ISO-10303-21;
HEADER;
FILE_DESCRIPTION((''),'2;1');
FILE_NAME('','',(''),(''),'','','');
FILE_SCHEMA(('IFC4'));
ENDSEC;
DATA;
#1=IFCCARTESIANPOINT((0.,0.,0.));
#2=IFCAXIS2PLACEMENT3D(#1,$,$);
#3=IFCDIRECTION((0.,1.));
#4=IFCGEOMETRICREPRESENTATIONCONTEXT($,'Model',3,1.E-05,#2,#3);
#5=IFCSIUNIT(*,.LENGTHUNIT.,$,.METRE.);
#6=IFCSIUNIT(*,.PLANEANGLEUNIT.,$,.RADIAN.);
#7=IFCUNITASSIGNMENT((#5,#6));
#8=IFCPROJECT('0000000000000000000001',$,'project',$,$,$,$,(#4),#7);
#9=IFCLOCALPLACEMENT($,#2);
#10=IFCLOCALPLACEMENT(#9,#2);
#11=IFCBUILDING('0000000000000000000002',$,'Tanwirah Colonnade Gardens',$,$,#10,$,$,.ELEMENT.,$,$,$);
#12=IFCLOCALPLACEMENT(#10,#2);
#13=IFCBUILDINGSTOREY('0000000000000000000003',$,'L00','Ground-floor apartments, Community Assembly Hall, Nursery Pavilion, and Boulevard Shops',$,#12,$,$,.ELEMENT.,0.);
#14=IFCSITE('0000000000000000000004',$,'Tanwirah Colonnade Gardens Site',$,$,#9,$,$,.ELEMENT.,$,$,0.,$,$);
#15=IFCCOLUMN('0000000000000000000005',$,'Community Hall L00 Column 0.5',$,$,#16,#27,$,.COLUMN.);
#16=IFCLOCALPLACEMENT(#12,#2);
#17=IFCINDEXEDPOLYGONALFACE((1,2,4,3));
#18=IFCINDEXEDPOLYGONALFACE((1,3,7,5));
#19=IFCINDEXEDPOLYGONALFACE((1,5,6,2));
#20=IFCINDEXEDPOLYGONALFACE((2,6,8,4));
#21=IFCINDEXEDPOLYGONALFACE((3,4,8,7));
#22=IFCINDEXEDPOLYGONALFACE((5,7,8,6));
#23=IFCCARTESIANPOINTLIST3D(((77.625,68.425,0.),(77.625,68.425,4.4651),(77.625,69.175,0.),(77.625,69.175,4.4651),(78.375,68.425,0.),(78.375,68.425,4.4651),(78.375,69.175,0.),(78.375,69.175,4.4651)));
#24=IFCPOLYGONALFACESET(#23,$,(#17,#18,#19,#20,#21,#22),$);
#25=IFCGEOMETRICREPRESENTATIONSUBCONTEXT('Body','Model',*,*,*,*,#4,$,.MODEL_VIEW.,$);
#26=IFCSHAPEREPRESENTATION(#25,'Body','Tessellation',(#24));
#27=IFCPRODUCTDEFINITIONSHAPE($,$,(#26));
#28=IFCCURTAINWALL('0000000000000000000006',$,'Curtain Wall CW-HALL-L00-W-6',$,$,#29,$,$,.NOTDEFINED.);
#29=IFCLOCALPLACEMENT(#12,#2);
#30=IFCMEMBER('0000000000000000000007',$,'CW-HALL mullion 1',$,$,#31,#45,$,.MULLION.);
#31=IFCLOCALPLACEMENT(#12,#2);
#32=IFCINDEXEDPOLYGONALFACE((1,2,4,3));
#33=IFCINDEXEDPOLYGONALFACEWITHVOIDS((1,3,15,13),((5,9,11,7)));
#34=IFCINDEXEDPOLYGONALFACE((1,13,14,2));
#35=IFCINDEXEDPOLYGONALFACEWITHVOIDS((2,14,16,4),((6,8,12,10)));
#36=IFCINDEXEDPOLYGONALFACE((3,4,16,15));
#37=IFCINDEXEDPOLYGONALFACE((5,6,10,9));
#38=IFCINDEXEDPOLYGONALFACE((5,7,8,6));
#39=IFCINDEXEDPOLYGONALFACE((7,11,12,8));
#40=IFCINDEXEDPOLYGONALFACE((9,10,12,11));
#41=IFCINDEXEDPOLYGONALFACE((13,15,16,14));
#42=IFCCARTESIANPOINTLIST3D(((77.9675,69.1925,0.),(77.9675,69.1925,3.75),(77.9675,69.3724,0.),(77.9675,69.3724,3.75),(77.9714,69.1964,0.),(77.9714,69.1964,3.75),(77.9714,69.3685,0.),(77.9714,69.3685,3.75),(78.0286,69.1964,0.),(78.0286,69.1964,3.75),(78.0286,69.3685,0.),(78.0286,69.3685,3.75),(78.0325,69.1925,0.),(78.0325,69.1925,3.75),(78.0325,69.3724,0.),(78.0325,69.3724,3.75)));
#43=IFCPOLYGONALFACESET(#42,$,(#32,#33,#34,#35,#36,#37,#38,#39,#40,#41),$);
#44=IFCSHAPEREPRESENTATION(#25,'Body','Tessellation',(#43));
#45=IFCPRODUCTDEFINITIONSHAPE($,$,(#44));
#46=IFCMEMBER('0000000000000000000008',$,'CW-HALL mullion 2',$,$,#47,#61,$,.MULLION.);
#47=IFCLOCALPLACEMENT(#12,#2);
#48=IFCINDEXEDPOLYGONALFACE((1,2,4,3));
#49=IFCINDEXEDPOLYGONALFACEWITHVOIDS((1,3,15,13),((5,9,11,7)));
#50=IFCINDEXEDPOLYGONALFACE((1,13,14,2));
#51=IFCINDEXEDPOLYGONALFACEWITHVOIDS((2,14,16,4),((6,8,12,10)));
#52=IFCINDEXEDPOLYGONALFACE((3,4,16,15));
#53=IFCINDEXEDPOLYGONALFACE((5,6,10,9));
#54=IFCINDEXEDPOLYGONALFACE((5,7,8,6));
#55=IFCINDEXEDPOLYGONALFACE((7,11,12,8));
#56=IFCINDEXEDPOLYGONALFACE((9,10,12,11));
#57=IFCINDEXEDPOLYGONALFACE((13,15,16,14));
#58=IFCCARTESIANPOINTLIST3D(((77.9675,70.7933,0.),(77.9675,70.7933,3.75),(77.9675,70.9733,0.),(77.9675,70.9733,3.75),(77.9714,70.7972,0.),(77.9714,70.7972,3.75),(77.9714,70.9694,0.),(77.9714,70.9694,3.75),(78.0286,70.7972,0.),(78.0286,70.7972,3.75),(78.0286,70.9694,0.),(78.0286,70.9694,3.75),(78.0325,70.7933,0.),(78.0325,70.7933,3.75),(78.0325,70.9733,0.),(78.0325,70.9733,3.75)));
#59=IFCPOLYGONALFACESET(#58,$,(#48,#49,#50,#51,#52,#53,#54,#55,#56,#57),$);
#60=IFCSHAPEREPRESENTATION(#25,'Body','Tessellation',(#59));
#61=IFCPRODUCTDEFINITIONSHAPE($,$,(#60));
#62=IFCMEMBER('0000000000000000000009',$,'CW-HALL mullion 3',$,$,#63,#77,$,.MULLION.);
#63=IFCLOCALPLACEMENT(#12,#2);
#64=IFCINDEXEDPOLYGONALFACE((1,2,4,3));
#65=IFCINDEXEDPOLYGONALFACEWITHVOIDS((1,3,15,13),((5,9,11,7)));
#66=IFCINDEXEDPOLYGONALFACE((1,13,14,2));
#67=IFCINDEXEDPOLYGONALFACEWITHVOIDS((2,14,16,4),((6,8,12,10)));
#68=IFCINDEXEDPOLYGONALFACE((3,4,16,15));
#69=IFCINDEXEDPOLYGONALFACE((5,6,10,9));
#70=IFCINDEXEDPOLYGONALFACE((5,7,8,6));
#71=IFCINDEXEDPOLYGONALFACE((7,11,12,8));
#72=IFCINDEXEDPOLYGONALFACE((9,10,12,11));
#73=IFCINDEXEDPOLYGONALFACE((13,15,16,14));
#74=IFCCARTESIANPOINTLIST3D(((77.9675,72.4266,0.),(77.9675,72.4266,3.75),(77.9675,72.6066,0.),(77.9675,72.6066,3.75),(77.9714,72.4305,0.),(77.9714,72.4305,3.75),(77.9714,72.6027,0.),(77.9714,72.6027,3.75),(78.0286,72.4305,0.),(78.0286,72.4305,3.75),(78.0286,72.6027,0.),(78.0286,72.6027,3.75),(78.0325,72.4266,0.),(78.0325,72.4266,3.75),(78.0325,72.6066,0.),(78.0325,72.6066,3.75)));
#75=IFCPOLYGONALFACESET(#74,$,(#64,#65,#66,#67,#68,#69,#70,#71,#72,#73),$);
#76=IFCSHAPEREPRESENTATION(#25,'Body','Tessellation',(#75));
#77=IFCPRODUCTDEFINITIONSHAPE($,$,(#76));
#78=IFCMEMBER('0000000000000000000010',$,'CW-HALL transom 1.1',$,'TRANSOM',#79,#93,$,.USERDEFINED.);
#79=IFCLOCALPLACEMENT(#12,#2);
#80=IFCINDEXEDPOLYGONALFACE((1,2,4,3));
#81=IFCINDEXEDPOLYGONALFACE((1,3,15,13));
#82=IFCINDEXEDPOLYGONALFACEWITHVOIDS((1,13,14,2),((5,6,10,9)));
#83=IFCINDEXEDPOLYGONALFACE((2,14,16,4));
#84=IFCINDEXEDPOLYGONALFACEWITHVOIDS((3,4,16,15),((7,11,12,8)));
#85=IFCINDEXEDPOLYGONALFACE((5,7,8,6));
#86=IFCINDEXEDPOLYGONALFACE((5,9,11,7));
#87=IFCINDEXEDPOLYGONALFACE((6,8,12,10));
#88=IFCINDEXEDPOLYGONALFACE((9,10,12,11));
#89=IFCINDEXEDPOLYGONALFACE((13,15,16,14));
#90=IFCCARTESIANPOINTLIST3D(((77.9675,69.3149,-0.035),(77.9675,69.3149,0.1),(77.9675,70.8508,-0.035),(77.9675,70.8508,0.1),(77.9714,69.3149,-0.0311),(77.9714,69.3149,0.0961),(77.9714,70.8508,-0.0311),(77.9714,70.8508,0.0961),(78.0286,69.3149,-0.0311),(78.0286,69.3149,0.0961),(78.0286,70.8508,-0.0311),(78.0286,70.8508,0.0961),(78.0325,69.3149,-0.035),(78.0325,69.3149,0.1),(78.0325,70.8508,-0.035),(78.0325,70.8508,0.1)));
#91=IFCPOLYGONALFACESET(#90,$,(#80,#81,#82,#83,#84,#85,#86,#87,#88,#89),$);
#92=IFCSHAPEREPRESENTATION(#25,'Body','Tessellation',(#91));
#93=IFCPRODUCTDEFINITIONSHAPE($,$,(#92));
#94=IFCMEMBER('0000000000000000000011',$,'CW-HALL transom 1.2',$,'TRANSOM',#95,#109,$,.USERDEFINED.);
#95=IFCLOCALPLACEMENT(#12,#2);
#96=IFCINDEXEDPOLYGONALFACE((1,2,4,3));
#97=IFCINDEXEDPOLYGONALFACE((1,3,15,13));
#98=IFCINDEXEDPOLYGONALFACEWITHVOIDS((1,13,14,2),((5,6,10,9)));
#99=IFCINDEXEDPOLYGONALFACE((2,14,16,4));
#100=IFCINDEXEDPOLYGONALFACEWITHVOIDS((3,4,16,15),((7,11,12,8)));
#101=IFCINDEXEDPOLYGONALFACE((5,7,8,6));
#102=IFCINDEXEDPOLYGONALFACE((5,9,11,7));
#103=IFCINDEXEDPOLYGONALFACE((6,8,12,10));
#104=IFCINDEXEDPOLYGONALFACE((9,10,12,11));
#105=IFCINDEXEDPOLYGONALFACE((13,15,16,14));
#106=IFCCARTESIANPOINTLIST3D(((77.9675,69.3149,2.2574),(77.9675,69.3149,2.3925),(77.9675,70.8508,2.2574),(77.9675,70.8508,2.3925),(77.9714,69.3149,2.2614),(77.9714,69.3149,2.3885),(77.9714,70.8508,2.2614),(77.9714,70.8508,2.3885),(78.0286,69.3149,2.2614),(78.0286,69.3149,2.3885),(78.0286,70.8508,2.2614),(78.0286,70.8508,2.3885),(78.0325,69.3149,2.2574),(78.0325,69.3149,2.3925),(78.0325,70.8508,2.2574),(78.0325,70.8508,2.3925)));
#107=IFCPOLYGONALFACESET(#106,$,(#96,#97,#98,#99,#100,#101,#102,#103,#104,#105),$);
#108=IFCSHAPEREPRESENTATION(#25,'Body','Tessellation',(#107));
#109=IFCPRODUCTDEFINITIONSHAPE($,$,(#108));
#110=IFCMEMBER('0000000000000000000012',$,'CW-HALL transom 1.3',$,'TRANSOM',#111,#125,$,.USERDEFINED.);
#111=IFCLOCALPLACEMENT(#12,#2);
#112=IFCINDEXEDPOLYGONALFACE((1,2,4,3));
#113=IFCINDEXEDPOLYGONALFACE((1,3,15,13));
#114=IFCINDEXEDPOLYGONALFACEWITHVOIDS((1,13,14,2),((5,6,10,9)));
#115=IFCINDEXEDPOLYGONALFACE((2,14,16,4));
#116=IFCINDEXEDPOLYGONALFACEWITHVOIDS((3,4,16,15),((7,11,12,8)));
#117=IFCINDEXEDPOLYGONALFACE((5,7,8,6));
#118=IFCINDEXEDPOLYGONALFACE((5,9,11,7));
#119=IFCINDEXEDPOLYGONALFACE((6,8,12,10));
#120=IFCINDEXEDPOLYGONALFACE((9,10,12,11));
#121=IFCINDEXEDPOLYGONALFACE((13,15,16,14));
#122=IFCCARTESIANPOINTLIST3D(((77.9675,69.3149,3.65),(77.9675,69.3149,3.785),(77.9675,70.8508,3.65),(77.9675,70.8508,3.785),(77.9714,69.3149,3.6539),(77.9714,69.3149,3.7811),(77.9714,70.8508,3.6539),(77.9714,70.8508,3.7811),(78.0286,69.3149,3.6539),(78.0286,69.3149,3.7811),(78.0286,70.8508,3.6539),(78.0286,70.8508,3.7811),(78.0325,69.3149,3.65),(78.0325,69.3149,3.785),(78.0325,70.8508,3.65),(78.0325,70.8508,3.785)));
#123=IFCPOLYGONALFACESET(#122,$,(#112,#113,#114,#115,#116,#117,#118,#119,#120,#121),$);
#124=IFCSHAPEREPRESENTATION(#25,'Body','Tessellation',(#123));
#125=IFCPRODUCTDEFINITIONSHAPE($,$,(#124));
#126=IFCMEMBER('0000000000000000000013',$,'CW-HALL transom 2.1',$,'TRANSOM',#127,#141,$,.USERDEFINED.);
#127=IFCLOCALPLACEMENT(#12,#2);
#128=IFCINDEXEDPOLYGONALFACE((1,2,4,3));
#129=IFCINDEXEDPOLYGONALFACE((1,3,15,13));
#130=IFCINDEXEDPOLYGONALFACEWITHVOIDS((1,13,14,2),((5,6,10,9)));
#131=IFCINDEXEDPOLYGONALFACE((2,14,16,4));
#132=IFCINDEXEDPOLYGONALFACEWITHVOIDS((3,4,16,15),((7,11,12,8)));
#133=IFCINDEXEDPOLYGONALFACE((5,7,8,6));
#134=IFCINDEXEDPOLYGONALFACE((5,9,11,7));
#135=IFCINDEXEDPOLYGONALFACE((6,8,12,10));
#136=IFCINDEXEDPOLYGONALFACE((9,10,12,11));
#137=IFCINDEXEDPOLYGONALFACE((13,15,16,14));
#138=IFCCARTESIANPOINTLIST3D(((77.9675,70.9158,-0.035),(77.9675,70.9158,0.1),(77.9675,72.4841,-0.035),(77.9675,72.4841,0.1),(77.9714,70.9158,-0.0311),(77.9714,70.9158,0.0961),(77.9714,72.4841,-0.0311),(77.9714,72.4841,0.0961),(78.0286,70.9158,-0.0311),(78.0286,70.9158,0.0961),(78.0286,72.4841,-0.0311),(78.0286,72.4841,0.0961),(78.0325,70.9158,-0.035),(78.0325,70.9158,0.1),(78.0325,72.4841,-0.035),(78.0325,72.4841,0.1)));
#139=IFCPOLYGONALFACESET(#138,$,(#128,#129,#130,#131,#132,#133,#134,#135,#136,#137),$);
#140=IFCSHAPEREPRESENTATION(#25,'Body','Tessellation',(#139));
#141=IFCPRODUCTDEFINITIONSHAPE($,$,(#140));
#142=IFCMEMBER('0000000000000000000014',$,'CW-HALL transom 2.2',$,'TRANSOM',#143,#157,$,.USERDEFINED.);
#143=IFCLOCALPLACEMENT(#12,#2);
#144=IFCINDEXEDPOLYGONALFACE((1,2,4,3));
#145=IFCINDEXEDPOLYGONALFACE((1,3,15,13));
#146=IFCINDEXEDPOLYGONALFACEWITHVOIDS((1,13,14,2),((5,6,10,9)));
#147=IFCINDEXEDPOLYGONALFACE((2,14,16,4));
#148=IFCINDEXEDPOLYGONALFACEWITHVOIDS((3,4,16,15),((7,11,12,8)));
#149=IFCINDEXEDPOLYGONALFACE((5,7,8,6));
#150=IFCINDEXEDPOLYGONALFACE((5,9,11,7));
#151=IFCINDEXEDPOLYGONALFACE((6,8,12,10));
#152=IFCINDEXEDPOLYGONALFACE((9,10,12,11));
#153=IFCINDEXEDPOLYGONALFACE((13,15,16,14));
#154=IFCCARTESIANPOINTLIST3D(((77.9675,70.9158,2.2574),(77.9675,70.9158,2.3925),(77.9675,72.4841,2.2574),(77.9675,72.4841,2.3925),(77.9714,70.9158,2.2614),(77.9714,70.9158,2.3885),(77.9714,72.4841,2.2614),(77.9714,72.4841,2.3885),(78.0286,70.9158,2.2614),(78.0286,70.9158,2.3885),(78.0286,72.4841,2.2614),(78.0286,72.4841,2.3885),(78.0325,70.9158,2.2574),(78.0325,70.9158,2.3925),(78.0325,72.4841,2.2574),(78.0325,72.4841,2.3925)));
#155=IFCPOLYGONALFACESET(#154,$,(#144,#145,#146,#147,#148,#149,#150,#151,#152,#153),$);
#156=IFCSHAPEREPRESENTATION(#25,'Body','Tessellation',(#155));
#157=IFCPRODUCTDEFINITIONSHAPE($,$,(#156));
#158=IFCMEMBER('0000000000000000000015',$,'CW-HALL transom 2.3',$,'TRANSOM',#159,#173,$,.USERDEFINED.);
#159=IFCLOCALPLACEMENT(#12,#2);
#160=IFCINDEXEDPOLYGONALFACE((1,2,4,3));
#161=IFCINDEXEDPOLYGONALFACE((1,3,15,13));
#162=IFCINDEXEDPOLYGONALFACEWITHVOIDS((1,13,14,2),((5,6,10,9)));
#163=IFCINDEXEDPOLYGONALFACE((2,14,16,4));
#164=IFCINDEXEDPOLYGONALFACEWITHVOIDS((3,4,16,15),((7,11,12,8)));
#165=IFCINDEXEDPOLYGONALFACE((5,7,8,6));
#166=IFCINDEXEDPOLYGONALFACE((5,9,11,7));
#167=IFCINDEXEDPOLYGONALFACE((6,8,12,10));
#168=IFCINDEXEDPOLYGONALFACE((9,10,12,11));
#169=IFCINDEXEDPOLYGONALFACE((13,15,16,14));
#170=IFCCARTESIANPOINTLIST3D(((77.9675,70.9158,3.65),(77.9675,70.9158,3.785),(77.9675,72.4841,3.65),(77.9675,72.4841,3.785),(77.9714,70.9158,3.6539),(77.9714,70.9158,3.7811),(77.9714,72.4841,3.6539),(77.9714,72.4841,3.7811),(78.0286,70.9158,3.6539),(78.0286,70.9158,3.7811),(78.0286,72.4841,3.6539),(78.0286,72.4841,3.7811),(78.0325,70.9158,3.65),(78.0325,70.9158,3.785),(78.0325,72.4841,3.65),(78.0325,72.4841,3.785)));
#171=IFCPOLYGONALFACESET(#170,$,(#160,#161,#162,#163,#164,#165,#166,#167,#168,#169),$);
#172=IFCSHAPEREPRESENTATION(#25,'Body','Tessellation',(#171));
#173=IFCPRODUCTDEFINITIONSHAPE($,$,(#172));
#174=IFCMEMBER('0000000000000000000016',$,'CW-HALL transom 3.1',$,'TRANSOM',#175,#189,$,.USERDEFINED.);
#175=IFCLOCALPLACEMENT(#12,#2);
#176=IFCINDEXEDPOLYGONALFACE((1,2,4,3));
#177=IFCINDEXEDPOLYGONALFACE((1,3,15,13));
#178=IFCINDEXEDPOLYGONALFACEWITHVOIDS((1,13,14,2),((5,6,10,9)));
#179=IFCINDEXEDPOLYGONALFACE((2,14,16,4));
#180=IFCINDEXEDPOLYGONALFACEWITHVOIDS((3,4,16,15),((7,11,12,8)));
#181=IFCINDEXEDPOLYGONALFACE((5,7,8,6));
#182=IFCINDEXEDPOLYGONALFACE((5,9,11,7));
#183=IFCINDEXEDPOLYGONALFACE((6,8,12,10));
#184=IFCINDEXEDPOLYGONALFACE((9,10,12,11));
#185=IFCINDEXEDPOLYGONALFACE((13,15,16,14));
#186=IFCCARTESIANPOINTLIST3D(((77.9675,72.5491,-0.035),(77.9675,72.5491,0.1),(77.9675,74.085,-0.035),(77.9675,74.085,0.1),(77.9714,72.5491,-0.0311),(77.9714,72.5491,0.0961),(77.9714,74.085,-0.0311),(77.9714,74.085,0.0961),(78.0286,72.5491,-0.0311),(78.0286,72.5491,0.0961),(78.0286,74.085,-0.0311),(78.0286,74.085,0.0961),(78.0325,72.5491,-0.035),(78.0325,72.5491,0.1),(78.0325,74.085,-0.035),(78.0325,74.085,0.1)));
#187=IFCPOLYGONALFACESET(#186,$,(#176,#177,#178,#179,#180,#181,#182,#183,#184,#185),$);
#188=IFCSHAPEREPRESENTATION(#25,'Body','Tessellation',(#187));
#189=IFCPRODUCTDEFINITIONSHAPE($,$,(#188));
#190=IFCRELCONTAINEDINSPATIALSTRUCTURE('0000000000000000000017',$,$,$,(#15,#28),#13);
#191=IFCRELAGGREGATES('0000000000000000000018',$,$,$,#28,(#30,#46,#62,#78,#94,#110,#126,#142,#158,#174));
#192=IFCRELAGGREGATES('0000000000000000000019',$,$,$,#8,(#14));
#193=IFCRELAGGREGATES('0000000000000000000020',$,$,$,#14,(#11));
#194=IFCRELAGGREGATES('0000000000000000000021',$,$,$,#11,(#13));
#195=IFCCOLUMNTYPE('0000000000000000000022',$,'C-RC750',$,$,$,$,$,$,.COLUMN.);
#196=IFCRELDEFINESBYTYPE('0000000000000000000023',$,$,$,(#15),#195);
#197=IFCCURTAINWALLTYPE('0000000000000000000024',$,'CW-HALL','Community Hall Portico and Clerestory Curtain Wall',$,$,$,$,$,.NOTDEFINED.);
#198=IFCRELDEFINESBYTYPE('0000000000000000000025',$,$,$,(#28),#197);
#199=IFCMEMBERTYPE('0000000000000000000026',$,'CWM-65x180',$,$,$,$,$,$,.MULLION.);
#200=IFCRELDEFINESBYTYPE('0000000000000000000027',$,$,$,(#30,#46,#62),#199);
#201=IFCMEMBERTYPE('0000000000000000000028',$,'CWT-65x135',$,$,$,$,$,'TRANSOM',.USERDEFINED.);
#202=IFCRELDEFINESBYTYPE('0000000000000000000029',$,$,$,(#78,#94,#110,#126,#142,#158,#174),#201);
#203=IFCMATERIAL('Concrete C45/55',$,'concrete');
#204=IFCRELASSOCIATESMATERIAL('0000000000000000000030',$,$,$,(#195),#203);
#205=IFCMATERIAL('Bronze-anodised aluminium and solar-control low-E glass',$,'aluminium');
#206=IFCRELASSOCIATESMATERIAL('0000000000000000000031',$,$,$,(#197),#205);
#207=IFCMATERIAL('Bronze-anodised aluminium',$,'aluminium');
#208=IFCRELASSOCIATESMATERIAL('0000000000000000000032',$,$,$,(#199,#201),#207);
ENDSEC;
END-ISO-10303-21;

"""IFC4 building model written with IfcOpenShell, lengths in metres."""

from ifc_helpers import new_model, si_unit, direction, frame, origin, origin_2d, place, context, subcontext, project, spatial, rectangle, hollow_rectangle, extrude, material, material_profile, profile_set, type_object, element, aggregate, save


model = new_model("IFC4")

# Units and contexts
model_context = context("Model", 3, precision=1e-05, world=origin(), true_north=direction((0.0, 1.0)))
body_context = subcontext(model_context, "Body", "Model", "MODEL_VIEW")
ifc_project = project(units=[si_unit("LENGTHUNIT", "METRE"), si_unit("PLANEANGLEUNIT", "RADIAN")], contexts=[model_context])

# Site, building, storey
site_placement = place(None, origin())
site = spatial("IfcSite", under=ifc_project, at=site_placement, Name="Tanwirah Colonnade Gardens Site", CompositionType="ELEMENT", RefElevation=0.0)
building_placement = place(site_placement, origin())
building = spatial("IfcBuilding", under=site, at=building_placement, Name="Tanwirah Colonnade Gardens", CompositionType="ELEMENT")
storey_placement = place(building_placement, origin())
storey = spatial("IfcBuildingStorey", under=building, at=storey_placement, Name="L00", Description="Ground-floor apartments, Community Assembly Hall, Nursery Pavilion, and Boulevard Shops", CompositionType="ELEMENT", Elevation=0.0)

# Column
ifc_material_1 = material(Name="Concrete C45/55", Category="concrete")
ifc_material_profile_1 = material_profile(ifc_material_1, rectangle(XDim=0.75, YDim=0.75, at=origin_2d()), Name="RC-COL 750x750")
ifc_profile_set_1 = profile_set([ifc_material_profile_1], Name="Concrete C45/55")
column_type = type_object("IfcColumnType", Name="C-RC750", PredefinedType="COLUMN", material=ifc_profile_set_1)
column_placement = place(storey_placement, frame((78.0, 68.8, 0.0), z_axis=(0.0, 0.0, 1.0), x_axis=(1.0, 0.0, 0.0)))
element("IfcColumn", 1, at=column_placement, inside=storey, type_object=column_type, Name="Community Hall L00 Column 0.5", PredefinedType="COLUMN", context=body_context, shape_type="SweptSolid", body=[
    extrude(rectangle(XDim=0.75, YDim=0.75, at=origin_2d()), origin(), (0.0, 0.0, 1.0), 4.4651),
])

# Curtain wall, members
ifc_material_2 = material(Name="Bronze-anodised aluminium and solar-control low-E glass", Category="aluminium")
curtain_wall_type = type_object("IfcCurtainWallType", Name="CW-HALL", Description="Community Hall Portico and Clerestory Curtain Wall", PredefinedType="NOTDEFINED", material=ifc_material_2)
curtain_wall_placement = place(storey_placement, origin())
curtain_wall = element("IfcCurtainWall", 2, at=curtain_wall_placement, inside=storey, type_object=curtain_wall_type, Name="Curtain Wall CW-HALL-L00-W-6", PredefinedType="NOTDEFINED")
ifc_material_3 = material(Name="Bronze-anodised aluminium", Category="aluminium")
ifc_material_profile_2 = material_profile(ifc_material_3, hollow_rectangle(XDim=0.0649, YDim=0.1799, WallThickness=0.0039, at=origin_2d()), Name="CW-MUL 65x180x4")
ifc_profile_set_2 = profile_set([ifc_material_profile_2], Name="Bronze-anodised aluminium")
member_type_1 = type_object("IfcMemberType", Name="CWM-65x180", PredefinedType="MULLION", material=ifc_profile_set_2)
member_1_placement = place(storey_placement, frame((78.0, 69.2825, 0.0), z_axis=(0.0, 0.0, 1.0), x_axis=(-1.0, 0.0, 0.0)))
member_1 = element("IfcMember", 3, at=member_1_placement, type_object=member_type_1, Name="CW-HALL mullion 1", PredefinedType="MULLION", context=body_context, shape_type="SweptSolid", body=[
    extrude(hollow_rectangle(XDim=0.0649, YDim=0.1799, WallThickness=0.0039, at=origin_2d()), origin(), (0.0, 0.0, 1.0), 3.75),
])
member_2_placement = place(storey_placement, frame((78.0, 70.8833, 0.0), z_axis=(0.0, 0.0, 1.0), x_axis=(-1.0, 0.0, 0.0)))
member_2 = element("IfcMember", 4, at=member_2_placement, type_object=member_type_1, Name="CW-HALL mullion 2", PredefinedType="MULLION", context=body_context, shape_type="SweptSolid", body=[
    extrude(hollow_rectangle(XDim=0.0649, YDim=0.1799, WallThickness=0.0039, at=origin_2d()), origin(), (0.0, 0.0, 1.0), 3.75),
])
member_3_placement = place(storey_placement, frame((78.0, 72.5166, 0.0), z_axis=(0.0, 0.0, 1.0), x_axis=(-1.0, 0.0, 0.0)))
member_3 = element("IfcMember", 5, at=member_3_placement, type_object=member_type_1, Name="CW-HALL mullion 3", PredefinedType="MULLION", context=body_context, shape_type="SweptSolid", body=[
    extrude(hollow_rectangle(XDim=0.0649, YDim=0.1799, WallThickness=0.0039, at=origin_2d()), origin(), (0.0, 0.0, 1.0), 3.75),
])
ifc_material_profile_3 = material_profile(ifc_material_3, hollow_rectangle(XDim=0.0649, YDim=0.135, WallThickness=0.0039, at=origin_2d()), Name="CW-TRN 65x135x4")
ifc_profile_set_3 = profile_set([ifc_material_profile_3], Name="Bronze-anodised aluminium")
member_type_2 = type_object("IfcMemberType", Name="CWT-65x135", ElementType="TRANSOM", PredefinedType="USERDEFINED", material=ifc_profile_set_3)
member_4_placement = place(storey_placement, frame((78.0, 69.3149, 0.0325), z_axis=(0.0, 1.0, 0.0), x_axis=(-1.0, 0.0, 0.0)))
member_4 = element("IfcMember", 6, at=member_4_placement, type_object=member_type_2, Name="CW-HALL transom 1.1", ObjectType="TRANSOM", PredefinedType="USERDEFINED", context=body_context, shape_type="SweptSolid", body=[
    extrude(hollow_rectangle(XDim=0.0649, YDim=0.135, WallThickness=0.0039, at=origin_2d()), origin(), (0.0, 0.0, 1.0), 1.5359),
])
member_5_placement = place(storey_placement, frame((78.0, 69.3149, 2.325), z_axis=(0.0, 1.0, 0.0), x_axis=(-1.0, 0.0, 0.0)))
member_5 = element("IfcMember", 7, at=member_5_placement, type_object=member_type_2, Name="CW-HALL transom 1.2", ObjectType="TRANSOM", PredefinedType="USERDEFINED", context=body_context, shape_type="SweptSolid", body=[
    extrude(hollow_rectangle(XDim=0.0649, YDim=0.135, WallThickness=0.0039, at=origin_2d()), origin(), (0.0, 0.0, 1.0), 1.5359),
])
member_6_placement = place(storey_placement, frame((78.0, 69.3149, 3.7175), z_axis=(0.0, 1.0, 0.0), x_axis=(-1.0, 0.0, 0.0)))
member_6 = element("IfcMember", 8, at=member_6_placement, type_object=member_type_2, Name="CW-HALL transom 1.3", ObjectType="TRANSOM", PredefinedType="USERDEFINED", context=body_context, shape_type="SweptSolid", body=[
    extrude(hollow_rectangle(XDim=0.0649, YDim=0.135, WallThickness=0.0039, at=origin_2d()), origin(), (0.0, 0.0, 1.0), 1.5359),
])
member_7_placement = place(storey_placement, frame((78.0, 70.9158, 0.0325), z_axis=(0.0, 1.0, 0.0), x_axis=(-1.0, 0.0, 0.0)))
member_7 = element("IfcMember", 9, at=member_7_placement, type_object=member_type_2, Name="CW-HALL transom 2.1", ObjectType="TRANSOM", PredefinedType="USERDEFINED", context=body_context, shape_type="SweptSolid", body=[
    extrude(hollow_rectangle(XDim=0.0649, YDim=0.135, WallThickness=0.0039, at=origin_2d()), origin(), (0.0, 0.0, 1.0), 1.5684),
])
member_8_placement = place(storey_placement, frame((78.0, 70.9158, 2.325), z_axis=(0.0, 1.0, 0.0), x_axis=(-1.0, 0.0, 0.0)))
member_8 = element("IfcMember", 10, at=member_8_placement, type_object=member_type_2, Name="CW-HALL transom 2.2", ObjectType="TRANSOM", PredefinedType="USERDEFINED", context=body_context, shape_type="SweptSolid", body=[
    extrude(hollow_rectangle(XDim=0.0649, YDim=0.135, WallThickness=0.0039, at=origin_2d()), origin(), (0.0, 0.0, 1.0), 1.5684),
])
member_9_placement = place(storey_placement, frame((78.0, 70.9158, 3.7175), z_axis=(0.0, 1.0, 0.0), x_axis=(-1.0, 0.0, 0.0)))
member_9 = element("IfcMember", 11, at=member_9_placement, type_object=member_type_2, Name="CW-HALL transom 2.3", ObjectType="TRANSOM", PredefinedType="USERDEFINED", context=body_context, shape_type="SweptSolid", body=[
    extrude(hollow_rectangle(XDim=0.0649, YDim=0.135, WallThickness=0.0039, at=origin_2d()), origin(), (0.0, 0.0, 1.0), 1.5684),
])
member_10_placement = place(storey_placement, frame((78.0, 72.5491, 0.0325), z_axis=(0.0, 1.0, 0.0), x_axis=(-1.0, 0.0, 0.0)))
member_10 = element("IfcMember", 12, at=member_10_placement, type_object=member_type_2, Name="CW-HALL transom 3.1", ObjectType="TRANSOM", PredefinedType="USERDEFINED", context=body_context, shape_type="SweptSolid", body=[
    extrude(hollow_rectangle(XDim=0.0649, YDim=0.135, WallThickness=0.0039, at=origin_2d()), origin(), (0.0, 0.0, 1.0), 1.5359),
])
aggregate(curtain_wall, [member_1, member_2, member_3, member_4, member_5, member_6, member_7, member_8, member_9, member_10])

save(model, "model.ifc")
